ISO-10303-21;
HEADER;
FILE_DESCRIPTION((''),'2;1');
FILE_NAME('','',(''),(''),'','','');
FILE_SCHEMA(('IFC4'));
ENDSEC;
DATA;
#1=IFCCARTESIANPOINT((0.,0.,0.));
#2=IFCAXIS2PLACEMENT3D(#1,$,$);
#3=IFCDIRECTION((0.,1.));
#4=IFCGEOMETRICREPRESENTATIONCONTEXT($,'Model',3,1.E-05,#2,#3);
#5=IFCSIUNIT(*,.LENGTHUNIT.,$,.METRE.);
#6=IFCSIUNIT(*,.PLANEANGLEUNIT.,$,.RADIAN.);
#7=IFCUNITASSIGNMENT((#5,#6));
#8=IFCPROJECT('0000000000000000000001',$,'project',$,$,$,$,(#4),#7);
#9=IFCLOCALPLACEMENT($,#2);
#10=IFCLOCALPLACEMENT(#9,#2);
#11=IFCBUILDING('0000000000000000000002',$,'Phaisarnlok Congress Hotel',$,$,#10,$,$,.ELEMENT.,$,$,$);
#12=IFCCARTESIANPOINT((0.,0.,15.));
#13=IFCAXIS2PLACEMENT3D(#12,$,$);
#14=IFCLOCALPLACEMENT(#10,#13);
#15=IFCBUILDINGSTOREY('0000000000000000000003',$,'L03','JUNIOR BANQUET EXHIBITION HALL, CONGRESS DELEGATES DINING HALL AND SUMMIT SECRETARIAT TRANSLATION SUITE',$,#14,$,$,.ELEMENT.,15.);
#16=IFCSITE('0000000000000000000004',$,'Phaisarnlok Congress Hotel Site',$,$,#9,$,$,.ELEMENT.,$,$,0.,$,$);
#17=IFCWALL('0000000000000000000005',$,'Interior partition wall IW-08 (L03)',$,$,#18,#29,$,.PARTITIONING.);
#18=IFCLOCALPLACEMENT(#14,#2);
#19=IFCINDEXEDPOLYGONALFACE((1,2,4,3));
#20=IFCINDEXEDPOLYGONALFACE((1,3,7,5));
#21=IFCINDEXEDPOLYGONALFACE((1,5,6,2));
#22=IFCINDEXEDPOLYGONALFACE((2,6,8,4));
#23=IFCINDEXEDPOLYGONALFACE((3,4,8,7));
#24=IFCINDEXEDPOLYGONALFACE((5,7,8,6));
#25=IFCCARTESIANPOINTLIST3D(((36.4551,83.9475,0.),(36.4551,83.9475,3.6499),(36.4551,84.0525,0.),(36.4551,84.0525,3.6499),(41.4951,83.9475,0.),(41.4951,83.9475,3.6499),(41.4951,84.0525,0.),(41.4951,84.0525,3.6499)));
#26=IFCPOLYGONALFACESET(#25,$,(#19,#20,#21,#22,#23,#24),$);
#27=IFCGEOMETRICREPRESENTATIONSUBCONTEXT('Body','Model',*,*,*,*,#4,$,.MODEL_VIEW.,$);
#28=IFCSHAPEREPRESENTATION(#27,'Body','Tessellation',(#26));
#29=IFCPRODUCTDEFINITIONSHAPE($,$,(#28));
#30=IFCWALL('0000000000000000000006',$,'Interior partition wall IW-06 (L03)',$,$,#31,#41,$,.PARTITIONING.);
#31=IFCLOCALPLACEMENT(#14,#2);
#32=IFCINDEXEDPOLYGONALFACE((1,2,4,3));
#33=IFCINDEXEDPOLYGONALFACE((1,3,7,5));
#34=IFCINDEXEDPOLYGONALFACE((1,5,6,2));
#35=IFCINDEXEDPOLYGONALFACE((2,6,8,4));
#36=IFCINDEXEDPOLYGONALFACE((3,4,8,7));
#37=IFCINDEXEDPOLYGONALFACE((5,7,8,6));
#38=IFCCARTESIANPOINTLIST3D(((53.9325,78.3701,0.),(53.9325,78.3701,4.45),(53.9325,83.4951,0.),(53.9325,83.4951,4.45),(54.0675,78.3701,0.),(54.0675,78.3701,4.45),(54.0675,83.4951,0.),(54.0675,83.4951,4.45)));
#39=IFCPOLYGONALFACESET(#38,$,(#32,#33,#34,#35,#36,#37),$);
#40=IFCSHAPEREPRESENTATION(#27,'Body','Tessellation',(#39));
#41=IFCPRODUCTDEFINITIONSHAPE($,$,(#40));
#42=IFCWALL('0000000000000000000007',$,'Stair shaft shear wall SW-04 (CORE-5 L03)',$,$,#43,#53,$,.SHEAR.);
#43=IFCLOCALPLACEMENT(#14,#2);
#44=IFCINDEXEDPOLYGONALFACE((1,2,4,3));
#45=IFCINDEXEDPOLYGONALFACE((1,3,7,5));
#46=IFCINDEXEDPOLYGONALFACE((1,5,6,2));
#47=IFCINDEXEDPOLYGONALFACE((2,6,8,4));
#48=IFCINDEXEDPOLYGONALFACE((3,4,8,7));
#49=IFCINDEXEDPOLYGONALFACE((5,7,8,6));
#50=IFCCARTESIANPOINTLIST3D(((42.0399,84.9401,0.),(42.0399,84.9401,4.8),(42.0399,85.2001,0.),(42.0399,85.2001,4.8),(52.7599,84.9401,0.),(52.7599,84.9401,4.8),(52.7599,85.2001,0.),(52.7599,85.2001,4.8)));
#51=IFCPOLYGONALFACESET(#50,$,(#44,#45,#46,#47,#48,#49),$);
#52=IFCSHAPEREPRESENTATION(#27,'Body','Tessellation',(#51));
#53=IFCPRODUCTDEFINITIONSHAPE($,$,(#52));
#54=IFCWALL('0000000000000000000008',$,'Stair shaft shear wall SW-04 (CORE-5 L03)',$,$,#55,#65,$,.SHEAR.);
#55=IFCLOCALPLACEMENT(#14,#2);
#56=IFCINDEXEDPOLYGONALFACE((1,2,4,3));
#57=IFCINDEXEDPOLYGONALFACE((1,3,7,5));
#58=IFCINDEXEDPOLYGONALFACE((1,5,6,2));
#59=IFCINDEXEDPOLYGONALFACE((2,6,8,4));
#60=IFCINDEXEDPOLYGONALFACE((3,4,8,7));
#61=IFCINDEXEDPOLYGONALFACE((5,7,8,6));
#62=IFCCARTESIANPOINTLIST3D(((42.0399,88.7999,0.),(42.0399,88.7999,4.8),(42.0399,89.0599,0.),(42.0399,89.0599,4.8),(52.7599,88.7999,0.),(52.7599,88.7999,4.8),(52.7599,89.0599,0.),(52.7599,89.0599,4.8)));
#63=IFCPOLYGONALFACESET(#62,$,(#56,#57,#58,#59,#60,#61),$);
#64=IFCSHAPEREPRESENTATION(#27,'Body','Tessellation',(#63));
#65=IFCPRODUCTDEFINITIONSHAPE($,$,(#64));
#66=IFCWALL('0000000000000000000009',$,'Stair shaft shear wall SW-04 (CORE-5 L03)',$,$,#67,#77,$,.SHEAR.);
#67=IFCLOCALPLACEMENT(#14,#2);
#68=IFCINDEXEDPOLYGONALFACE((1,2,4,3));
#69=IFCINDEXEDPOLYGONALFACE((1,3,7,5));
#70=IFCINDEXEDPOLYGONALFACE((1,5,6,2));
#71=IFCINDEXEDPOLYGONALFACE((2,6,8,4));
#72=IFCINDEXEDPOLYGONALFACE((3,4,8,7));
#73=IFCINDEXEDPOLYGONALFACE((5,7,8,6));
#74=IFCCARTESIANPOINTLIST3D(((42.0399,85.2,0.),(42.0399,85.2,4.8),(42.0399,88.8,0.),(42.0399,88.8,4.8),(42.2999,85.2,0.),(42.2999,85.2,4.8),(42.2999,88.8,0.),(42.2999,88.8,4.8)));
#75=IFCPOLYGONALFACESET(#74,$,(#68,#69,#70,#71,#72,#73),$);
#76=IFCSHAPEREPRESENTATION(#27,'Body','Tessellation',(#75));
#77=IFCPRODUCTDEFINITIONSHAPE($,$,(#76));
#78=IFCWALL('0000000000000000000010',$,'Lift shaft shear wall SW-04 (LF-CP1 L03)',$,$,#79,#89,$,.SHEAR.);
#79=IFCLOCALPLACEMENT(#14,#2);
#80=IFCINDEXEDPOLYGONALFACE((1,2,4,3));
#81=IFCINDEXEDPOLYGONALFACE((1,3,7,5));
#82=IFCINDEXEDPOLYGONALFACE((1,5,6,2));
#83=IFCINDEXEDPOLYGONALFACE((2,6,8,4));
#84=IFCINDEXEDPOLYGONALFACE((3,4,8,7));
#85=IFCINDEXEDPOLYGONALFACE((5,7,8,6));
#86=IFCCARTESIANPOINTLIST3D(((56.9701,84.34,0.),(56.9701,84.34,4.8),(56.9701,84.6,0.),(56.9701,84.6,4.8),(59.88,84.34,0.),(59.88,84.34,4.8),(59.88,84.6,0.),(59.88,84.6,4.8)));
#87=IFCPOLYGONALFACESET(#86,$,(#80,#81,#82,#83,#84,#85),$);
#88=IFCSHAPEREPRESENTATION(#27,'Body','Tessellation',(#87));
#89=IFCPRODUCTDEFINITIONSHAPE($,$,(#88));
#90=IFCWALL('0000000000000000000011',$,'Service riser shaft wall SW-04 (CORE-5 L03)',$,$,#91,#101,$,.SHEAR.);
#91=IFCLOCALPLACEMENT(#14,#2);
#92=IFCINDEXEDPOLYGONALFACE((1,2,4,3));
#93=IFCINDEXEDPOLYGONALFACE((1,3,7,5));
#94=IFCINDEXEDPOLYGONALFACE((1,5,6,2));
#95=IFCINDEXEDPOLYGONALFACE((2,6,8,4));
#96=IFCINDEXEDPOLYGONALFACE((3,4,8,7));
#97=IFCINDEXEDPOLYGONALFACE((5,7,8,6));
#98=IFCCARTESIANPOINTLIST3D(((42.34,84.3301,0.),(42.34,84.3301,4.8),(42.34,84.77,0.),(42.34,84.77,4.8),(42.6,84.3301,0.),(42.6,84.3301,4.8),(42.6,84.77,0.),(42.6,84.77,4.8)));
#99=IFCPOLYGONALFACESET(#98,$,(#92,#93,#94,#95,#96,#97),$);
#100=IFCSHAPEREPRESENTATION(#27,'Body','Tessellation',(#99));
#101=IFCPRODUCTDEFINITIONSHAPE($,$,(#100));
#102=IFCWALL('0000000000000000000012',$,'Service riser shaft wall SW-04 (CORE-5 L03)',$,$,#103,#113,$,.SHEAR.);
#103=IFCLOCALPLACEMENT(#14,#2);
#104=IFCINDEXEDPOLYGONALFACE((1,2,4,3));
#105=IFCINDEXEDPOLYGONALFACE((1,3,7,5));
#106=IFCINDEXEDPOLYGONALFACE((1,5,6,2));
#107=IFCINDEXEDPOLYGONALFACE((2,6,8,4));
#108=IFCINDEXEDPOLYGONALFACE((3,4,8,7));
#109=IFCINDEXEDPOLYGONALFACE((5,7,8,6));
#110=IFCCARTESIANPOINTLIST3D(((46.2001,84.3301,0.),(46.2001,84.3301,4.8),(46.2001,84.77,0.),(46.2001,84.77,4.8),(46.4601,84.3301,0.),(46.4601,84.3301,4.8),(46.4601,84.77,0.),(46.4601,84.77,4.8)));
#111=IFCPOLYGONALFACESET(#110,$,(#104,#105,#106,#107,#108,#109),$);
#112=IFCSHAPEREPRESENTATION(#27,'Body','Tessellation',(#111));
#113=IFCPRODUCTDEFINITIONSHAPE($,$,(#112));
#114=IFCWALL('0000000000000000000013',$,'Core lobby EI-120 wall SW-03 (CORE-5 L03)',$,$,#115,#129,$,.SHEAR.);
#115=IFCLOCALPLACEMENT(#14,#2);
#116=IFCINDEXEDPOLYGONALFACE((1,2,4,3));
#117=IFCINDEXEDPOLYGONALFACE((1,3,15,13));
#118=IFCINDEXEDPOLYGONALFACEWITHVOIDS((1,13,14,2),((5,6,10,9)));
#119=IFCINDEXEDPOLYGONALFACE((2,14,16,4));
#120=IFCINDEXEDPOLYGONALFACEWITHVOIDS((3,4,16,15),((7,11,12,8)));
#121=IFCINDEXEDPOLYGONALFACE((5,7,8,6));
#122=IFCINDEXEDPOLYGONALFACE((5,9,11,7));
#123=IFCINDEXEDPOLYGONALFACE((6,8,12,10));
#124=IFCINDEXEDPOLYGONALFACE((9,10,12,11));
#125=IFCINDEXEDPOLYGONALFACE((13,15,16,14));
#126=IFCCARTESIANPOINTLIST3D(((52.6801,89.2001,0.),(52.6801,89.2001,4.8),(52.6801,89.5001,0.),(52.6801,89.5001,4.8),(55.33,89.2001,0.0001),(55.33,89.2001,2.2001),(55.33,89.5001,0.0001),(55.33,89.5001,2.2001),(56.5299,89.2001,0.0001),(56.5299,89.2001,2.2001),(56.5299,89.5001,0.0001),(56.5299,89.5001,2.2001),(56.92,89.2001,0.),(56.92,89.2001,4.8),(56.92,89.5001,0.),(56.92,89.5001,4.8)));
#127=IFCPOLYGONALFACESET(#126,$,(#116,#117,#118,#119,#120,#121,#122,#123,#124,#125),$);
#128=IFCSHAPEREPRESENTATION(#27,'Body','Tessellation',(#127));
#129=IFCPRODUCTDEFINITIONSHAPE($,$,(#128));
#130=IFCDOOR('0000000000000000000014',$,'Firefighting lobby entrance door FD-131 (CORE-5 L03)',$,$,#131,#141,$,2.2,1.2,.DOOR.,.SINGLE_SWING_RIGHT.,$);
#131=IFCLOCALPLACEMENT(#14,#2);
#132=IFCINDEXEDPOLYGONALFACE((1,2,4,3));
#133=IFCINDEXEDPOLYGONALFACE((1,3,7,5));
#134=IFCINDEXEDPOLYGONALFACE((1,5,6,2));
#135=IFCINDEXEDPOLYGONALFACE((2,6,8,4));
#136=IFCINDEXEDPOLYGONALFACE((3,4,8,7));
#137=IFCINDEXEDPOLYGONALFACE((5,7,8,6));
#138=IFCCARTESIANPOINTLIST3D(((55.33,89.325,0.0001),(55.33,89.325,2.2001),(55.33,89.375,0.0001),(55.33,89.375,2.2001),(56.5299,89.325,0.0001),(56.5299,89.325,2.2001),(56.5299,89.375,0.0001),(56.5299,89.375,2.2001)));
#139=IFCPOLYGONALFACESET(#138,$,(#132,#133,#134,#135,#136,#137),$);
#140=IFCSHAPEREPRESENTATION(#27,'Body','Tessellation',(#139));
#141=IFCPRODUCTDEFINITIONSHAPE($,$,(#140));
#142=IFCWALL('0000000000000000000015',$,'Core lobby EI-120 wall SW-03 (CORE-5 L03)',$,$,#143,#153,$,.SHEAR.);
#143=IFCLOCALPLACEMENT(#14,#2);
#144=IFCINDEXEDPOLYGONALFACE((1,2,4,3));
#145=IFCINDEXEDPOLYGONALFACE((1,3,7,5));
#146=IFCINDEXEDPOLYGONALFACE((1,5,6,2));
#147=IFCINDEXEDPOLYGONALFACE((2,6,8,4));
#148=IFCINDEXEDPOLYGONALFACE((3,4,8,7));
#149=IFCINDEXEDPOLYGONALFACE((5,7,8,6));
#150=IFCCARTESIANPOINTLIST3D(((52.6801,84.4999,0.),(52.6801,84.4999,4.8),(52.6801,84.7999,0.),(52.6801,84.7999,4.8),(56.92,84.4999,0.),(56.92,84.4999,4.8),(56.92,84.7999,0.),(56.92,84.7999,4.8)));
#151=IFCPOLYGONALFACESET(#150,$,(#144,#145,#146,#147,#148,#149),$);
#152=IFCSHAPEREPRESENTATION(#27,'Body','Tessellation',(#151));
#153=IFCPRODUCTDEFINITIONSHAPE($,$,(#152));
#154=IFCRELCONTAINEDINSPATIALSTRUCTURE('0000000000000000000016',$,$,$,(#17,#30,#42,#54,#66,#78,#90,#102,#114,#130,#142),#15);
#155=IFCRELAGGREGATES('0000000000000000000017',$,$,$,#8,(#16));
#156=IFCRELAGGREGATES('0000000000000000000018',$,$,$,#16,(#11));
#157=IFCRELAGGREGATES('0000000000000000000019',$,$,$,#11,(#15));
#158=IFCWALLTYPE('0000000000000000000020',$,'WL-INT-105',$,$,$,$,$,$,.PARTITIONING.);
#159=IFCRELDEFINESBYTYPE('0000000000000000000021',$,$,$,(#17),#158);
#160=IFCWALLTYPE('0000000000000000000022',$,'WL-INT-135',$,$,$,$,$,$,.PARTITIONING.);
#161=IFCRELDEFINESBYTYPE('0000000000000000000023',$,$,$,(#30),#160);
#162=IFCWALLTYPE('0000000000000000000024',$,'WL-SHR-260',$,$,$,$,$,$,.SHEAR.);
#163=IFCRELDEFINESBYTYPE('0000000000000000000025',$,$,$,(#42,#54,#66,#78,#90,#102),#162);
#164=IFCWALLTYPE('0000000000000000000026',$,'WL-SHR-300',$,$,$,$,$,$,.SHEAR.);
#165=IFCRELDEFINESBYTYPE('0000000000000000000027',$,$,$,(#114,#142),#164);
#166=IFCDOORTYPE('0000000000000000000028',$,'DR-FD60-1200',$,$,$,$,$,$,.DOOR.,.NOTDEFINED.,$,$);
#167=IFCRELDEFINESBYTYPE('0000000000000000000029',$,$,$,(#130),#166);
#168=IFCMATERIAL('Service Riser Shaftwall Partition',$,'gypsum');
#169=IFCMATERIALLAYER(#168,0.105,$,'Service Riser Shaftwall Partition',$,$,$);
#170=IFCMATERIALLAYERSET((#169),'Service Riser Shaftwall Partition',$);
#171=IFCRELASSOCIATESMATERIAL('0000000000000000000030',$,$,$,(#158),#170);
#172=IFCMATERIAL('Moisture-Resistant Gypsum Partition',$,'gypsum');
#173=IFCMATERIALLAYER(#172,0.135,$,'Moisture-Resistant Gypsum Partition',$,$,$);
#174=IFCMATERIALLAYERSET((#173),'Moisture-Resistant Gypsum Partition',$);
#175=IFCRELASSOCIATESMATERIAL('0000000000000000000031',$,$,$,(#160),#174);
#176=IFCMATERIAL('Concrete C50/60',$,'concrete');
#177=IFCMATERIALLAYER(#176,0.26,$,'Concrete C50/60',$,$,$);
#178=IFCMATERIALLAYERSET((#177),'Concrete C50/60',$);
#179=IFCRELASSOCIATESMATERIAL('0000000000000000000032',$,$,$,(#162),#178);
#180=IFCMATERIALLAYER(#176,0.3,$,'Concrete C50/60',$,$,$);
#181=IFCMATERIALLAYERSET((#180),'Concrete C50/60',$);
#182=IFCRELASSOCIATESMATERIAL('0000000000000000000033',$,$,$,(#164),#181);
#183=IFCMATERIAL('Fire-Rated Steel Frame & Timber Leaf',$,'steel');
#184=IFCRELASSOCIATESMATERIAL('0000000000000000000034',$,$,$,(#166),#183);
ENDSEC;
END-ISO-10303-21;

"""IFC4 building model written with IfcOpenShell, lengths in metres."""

from ifc_helpers import new_model, si_unit, direction, frame, frame_2d, origin, place, context, subcontext, project, spatial, rectangle, extrude, material, layer, layer_set, type_object, element, fill, save


model = new_model("IFC4")

# Units and contexts
model_context = context("Model", 3, precision=1e-05, world=origin(), true_north=direction((0.0, 1.0)))
body_context = subcontext(model_context, "Body", "Model", "MODEL_VIEW")
ifc_project = project(units=[si_unit("LENGTHUNIT", "METRE"), si_unit("PLANEANGLEUNIT", "RADIAN")], contexts=[model_context])

# Site, building, storey
site_placement = place(None, origin())
site = spatial("IfcSite", under=ifc_project, at=site_placement, Name="Phaisarnlok Congress Hotel Site", CompositionType="ELEMENT", RefElevation=0.0)
building_placement = place(site_placement, origin())
building = spatial("IfcBuilding", under=site, at=building_placement, Name="Phaisarnlok Congress Hotel", CompositionType="ELEMENT")
storey_placement = place(building_placement, frame((0.0, 0.0, 15.0)))
storey = spatial("IfcBuildingStorey", under=building, at=storey_placement, Name="L03", Description="JUNIOR BANQUET EXHIBITION HALL, CONGRESS DELEGATES DINING HALL AND SUMMIT SECRETARIAT TRANSLATION SUITE", CompositionType="ELEMENT", Elevation=15.0)

# Shared definitions
ifc_material_1 = material(Name="Concrete C50/60", Category="concrete")

# Walls
ifc_material_2 = material(Name="Service Riser Shaftwall Partition", Category="gypsum")
ifc_layer_1 = layer(ifc_material_2, 0.105, Name="Service Riser Shaftwall Partition")
ifc_layer_set_1 = layer_set([ifc_layer_1], Name="Service Riser Shaftwall Partition")
wall_type_1 = type_object("IfcWallType", Name="WL-INT-105", PredefinedType="PARTITIONING", material=ifc_layer_set_1)
wall_1_placement = place(storey_placement, frame((36.4551, 84.0, 0.0), z_axis=(0.0, 0.0, 1.0), x_axis=(1.0, 0.0, 0.0)))
element("IfcWall", 1, at=wall_1_placement, inside=storey, type_object=wall_type_1, Name="Interior partition wall IW-08 (L03)", PredefinedType="PARTITIONING", context=body_context, shape_type="SweptSolid", body=[
    extrude(rectangle(XDim=5.04, YDim=0.105, at=frame_2d((2.52, 0.0))), origin(), (0.0, 0.0, 1.0), 3.6499),
])
ifc_material_3 = material(Name="Moisture-Resistant Gypsum Partition", Category="gypsum")
ifc_layer_2 = layer(ifc_material_3, 0.135, Name="Moisture-Resistant Gypsum Partition")
ifc_layer_set_2 = layer_set([ifc_layer_2], Name="Moisture-Resistant Gypsum Partition")
wall_type_2 = type_object("IfcWallType", Name="WL-INT-135", PredefinedType="PARTITIONING", material=ifc_layer_set_2)
wall_2_placement = place(storey_placement, frame((54.0, 78.3701, 0.0), z_axis=(0.0, 0.0, 1.0), x_axis=(0.0, 1.0, 0.0)))
element("IfcWall", 2, at=wall_2_placement, inside=storey, type_object=wall_type_2, Name="Interior partition wall IW-06 (L03)", PredefinedType="PARTITIONING", context=body_context, shape_type="SweptSolid", body=[
    extrude(rectangle(XDim=5.125, YDim=0.135, at=frame_2d((2.5625, 0.0))), origin(), (0.0, 0.0, 1.0), 4.45),
])
ifc_layer_3 = layer(ifc_material_1, 0.26, Name="Concrete C50/60")
ifc_layer_set_3 = layer_set([ifc_layer_3], Name="Concrete C50/60")
wall_type_3 = type_object("IfcWallType", Name="WL-SHR-260", PredefinedType="SHEAR", material=ifc_layer_set_3)
for number, where, z_axis, x_axis, name in (
    (3, (42.04, 85.0701, 0.0), (0.0, 0.0, 1.0), (1.0, 0.0, 0.0), "Stair shaft shear wall SW-04 (CORE-5 L03)"),
    (4, (42.04, 88.9299, 0.0), (0.0, 0.0, 1.0), (1.0, 0.0, 0.0), "Stair shaft shear wall SW-04 (CORE-5 L03)"),
):
    element("IfcWall", number, at=place(storey_placement, frame(where, z_axis=z_axis, x_axis=x_axis)), inside=storey, type_object=wall_type_3, Name=name, PredefinedType="SHEAR", context=body_context, shape_type="SweptSolid", body=[
        extrude(rectangle(XDim=10.72, YDim=0.26, at=frame_2d((5.3599, 0.0))), origin(), (0.0, 0.0, 1.0), 4.8),
    ])
wall_3_placement = place(storey_placement, frame((42.1699, 85.2, 0.0), z_axis=(0.0, 0.0, 1.0), x_axis=(0.0, 1.0, 0.0)))
element("IfcWall", 5, at=wall_3_placement, inside=storey, type_object=wall_type_3, Name="Stair shaft shear wall SW-04 (CORE-5 L03)", PredefinedType="SHEAR", context=body_context, shape_type="SweptSolid", body=[
    extrude(rectangle(XDim=3.6001, YDim=0.26, at=frame_2d((1.8, 0.0))), origin(), (0.0, 0.0, 1.0), 4.8),
])

# Shared definitions
ifc_material_4 = material(Name="Fire-Rated Steel Frame & Timber Leaf", Category="steel")

# Walls
wall_4_placement = place(storey_placement, frame((56.97, 84.47, 0.0), z_axis=(0.0, 0.0, 1.0), x_axis=(1.0, 0.0, 0.0)))
element("IfcWall", 6, at=wall_4_placement, inside=storey, type_object=wall_type_3, Name="Lift shaft shear wall SW-04 (LF-CP1 L03)", PredefinedType="SHEAR", context=body_context, shape_type="SweptSolid", body=[
    extrude(rectangle(XDim=2.9099, YDim=0.26, at=frame_2d((1.4551, 0.0))), origin(), (0.0, 0.0, 1.0), 4.8),
])
for number, where, z_axis, x_axis, name in (
    (7, (42.47, 84.3301, 0.0), (0.0, 0.0, 1.0), (0.0, 1.0, 0.0), "Service riser shaft wall SW-04 (CORE-5 L03)"),
    (8, (46.3301, 84.3301, 0.0), (0.0, 0.0, 1.0), (0.0, 1.0, 0.0), "Service riser shaft wall SW-04 (CORE-5 L03)"),
):
    element("IfcWall", number, at=place(storey_placement, frame(where, z_axis=z_axis, x_axis=x_axis)), inside=storey, type_object=wall_type_3, Name=name, PredefinedType="SHEAR", context=body_context, shape_type="SweptSolid", body=[
        extrude(rectangle(XDim=0.4399, YDim=0.26, at=frame_2d((0.22, 0.0))), origin(), (0.0, 0.0, 1.0), 4.8),
    ])

# Wall, opening, door
ifc_layer_4 = layer(ifc_material_1, 0.3, Name="Concrete C50/60")
ifc_layer_set_4 = layer_set([ifc_layer_4], Name="Concrete C50/60")
wall_type_4 = type_object("IfcWallType", Name="WL-SHR-300", PredefinedType="SHEAR", material=ifc_layer_set_4)
wall_5_placement = place(storey_placement, frame((52.6799, 89.3501, 0.0), z_axis=(0.0, 0.0, 1.0), x_axis=(1.0, 0.0, 0.0)))
wall_5 = element("IfcWall", 9, at=wall_5_placement, inside=storey, type_object=wall_type_4, Name="Core lobby EI-120 wall SW-03 (CORE-5 L03)", PredefinedType="SHEAR", context=body_context, shape_type="SweptSolid", body=[
    extrude(rectangle(XDim=4.24, YDim=0.3, at=frame_2d((2.1201, 0.0))), origin(), (0.0, 0.0, 1.0), 4.8),
])
opening_1_placement = place(wall_5_placement, frame((2.6499, 0.0, 0.0)))
opening_1 = element("IfcOpeningElement", 10, at=opening_1_placement, cuts=wall_5, PredefinedType="OPENING", context=body_context, shape_type="SweptSolid", body=[
    extrude(rectangle(XDim=1.2, YDim=2.2, at=frame_2d((0.6001, 1.1001))), frame((0.0, 0.1602, 0.0), z_axis=(0.0, -1.0, 0.0), x_axis=(1.0, 0.0, 0.0)), (0.0, 0.0, 1.0), 0.3201),
])
door_type_1 = type_object("IfcDoorType", Name="DR-FD60-1200", OperationType="NOTDEFINED", PredefinedType="DOOR", material=ifc_material_4)
door_1_placement = place(opening_1_placement, origin())
door_1 = element("IfcDoor", 11, at=door_1_placement, inside=storey, type_object=door_type_1, Name="Firefighting lobby entrance door FD-131 (CORE-5 L03)", OperationType="SINGLE_SWING_RIGHT", OverallHeight=2.2, OverallWidth=1.2, PredefinedType="DOOR", context=body_context, shape_type="SweptSolid", body=[
    extrude(rectangle(XDim=1.2, YDim=2.2, at=frame_2d((0.6001, 1.1001))), frame((0.0, 0.0249, 0.0), z_axis=(0.0, -1.0, 0.0), x_axis=(1.0, 0.0, 0.0)), (0.0, 0.0, 1.0), 0.05),
])
fill(opening_1, door_1)

# Wall
wall_6_placement = place(storey_placement, frame((52.6799, 84.6499, 0.0), z_axis=(0.0, 0.0, 1.0), x_axis=(1.0, 0.0, 0.0)))
element("IfcWall", 12, at=wall_6_placement, inside=storey, type_object=wall_type_4, Name="Core lobby EI-120 wall SW-03 (CORE-5 L03)", PredefinedType="SHEAR", context=body_context, shape_type="SweptSolid", body=[
    extrude(rectangle(XDim=4.24, YDim=0.3, at=frame_2d((2.1201, 0.0))), origin(), (0.0, 0.0, 1.0), 4.8),
])

save(model, "model.ifc")
